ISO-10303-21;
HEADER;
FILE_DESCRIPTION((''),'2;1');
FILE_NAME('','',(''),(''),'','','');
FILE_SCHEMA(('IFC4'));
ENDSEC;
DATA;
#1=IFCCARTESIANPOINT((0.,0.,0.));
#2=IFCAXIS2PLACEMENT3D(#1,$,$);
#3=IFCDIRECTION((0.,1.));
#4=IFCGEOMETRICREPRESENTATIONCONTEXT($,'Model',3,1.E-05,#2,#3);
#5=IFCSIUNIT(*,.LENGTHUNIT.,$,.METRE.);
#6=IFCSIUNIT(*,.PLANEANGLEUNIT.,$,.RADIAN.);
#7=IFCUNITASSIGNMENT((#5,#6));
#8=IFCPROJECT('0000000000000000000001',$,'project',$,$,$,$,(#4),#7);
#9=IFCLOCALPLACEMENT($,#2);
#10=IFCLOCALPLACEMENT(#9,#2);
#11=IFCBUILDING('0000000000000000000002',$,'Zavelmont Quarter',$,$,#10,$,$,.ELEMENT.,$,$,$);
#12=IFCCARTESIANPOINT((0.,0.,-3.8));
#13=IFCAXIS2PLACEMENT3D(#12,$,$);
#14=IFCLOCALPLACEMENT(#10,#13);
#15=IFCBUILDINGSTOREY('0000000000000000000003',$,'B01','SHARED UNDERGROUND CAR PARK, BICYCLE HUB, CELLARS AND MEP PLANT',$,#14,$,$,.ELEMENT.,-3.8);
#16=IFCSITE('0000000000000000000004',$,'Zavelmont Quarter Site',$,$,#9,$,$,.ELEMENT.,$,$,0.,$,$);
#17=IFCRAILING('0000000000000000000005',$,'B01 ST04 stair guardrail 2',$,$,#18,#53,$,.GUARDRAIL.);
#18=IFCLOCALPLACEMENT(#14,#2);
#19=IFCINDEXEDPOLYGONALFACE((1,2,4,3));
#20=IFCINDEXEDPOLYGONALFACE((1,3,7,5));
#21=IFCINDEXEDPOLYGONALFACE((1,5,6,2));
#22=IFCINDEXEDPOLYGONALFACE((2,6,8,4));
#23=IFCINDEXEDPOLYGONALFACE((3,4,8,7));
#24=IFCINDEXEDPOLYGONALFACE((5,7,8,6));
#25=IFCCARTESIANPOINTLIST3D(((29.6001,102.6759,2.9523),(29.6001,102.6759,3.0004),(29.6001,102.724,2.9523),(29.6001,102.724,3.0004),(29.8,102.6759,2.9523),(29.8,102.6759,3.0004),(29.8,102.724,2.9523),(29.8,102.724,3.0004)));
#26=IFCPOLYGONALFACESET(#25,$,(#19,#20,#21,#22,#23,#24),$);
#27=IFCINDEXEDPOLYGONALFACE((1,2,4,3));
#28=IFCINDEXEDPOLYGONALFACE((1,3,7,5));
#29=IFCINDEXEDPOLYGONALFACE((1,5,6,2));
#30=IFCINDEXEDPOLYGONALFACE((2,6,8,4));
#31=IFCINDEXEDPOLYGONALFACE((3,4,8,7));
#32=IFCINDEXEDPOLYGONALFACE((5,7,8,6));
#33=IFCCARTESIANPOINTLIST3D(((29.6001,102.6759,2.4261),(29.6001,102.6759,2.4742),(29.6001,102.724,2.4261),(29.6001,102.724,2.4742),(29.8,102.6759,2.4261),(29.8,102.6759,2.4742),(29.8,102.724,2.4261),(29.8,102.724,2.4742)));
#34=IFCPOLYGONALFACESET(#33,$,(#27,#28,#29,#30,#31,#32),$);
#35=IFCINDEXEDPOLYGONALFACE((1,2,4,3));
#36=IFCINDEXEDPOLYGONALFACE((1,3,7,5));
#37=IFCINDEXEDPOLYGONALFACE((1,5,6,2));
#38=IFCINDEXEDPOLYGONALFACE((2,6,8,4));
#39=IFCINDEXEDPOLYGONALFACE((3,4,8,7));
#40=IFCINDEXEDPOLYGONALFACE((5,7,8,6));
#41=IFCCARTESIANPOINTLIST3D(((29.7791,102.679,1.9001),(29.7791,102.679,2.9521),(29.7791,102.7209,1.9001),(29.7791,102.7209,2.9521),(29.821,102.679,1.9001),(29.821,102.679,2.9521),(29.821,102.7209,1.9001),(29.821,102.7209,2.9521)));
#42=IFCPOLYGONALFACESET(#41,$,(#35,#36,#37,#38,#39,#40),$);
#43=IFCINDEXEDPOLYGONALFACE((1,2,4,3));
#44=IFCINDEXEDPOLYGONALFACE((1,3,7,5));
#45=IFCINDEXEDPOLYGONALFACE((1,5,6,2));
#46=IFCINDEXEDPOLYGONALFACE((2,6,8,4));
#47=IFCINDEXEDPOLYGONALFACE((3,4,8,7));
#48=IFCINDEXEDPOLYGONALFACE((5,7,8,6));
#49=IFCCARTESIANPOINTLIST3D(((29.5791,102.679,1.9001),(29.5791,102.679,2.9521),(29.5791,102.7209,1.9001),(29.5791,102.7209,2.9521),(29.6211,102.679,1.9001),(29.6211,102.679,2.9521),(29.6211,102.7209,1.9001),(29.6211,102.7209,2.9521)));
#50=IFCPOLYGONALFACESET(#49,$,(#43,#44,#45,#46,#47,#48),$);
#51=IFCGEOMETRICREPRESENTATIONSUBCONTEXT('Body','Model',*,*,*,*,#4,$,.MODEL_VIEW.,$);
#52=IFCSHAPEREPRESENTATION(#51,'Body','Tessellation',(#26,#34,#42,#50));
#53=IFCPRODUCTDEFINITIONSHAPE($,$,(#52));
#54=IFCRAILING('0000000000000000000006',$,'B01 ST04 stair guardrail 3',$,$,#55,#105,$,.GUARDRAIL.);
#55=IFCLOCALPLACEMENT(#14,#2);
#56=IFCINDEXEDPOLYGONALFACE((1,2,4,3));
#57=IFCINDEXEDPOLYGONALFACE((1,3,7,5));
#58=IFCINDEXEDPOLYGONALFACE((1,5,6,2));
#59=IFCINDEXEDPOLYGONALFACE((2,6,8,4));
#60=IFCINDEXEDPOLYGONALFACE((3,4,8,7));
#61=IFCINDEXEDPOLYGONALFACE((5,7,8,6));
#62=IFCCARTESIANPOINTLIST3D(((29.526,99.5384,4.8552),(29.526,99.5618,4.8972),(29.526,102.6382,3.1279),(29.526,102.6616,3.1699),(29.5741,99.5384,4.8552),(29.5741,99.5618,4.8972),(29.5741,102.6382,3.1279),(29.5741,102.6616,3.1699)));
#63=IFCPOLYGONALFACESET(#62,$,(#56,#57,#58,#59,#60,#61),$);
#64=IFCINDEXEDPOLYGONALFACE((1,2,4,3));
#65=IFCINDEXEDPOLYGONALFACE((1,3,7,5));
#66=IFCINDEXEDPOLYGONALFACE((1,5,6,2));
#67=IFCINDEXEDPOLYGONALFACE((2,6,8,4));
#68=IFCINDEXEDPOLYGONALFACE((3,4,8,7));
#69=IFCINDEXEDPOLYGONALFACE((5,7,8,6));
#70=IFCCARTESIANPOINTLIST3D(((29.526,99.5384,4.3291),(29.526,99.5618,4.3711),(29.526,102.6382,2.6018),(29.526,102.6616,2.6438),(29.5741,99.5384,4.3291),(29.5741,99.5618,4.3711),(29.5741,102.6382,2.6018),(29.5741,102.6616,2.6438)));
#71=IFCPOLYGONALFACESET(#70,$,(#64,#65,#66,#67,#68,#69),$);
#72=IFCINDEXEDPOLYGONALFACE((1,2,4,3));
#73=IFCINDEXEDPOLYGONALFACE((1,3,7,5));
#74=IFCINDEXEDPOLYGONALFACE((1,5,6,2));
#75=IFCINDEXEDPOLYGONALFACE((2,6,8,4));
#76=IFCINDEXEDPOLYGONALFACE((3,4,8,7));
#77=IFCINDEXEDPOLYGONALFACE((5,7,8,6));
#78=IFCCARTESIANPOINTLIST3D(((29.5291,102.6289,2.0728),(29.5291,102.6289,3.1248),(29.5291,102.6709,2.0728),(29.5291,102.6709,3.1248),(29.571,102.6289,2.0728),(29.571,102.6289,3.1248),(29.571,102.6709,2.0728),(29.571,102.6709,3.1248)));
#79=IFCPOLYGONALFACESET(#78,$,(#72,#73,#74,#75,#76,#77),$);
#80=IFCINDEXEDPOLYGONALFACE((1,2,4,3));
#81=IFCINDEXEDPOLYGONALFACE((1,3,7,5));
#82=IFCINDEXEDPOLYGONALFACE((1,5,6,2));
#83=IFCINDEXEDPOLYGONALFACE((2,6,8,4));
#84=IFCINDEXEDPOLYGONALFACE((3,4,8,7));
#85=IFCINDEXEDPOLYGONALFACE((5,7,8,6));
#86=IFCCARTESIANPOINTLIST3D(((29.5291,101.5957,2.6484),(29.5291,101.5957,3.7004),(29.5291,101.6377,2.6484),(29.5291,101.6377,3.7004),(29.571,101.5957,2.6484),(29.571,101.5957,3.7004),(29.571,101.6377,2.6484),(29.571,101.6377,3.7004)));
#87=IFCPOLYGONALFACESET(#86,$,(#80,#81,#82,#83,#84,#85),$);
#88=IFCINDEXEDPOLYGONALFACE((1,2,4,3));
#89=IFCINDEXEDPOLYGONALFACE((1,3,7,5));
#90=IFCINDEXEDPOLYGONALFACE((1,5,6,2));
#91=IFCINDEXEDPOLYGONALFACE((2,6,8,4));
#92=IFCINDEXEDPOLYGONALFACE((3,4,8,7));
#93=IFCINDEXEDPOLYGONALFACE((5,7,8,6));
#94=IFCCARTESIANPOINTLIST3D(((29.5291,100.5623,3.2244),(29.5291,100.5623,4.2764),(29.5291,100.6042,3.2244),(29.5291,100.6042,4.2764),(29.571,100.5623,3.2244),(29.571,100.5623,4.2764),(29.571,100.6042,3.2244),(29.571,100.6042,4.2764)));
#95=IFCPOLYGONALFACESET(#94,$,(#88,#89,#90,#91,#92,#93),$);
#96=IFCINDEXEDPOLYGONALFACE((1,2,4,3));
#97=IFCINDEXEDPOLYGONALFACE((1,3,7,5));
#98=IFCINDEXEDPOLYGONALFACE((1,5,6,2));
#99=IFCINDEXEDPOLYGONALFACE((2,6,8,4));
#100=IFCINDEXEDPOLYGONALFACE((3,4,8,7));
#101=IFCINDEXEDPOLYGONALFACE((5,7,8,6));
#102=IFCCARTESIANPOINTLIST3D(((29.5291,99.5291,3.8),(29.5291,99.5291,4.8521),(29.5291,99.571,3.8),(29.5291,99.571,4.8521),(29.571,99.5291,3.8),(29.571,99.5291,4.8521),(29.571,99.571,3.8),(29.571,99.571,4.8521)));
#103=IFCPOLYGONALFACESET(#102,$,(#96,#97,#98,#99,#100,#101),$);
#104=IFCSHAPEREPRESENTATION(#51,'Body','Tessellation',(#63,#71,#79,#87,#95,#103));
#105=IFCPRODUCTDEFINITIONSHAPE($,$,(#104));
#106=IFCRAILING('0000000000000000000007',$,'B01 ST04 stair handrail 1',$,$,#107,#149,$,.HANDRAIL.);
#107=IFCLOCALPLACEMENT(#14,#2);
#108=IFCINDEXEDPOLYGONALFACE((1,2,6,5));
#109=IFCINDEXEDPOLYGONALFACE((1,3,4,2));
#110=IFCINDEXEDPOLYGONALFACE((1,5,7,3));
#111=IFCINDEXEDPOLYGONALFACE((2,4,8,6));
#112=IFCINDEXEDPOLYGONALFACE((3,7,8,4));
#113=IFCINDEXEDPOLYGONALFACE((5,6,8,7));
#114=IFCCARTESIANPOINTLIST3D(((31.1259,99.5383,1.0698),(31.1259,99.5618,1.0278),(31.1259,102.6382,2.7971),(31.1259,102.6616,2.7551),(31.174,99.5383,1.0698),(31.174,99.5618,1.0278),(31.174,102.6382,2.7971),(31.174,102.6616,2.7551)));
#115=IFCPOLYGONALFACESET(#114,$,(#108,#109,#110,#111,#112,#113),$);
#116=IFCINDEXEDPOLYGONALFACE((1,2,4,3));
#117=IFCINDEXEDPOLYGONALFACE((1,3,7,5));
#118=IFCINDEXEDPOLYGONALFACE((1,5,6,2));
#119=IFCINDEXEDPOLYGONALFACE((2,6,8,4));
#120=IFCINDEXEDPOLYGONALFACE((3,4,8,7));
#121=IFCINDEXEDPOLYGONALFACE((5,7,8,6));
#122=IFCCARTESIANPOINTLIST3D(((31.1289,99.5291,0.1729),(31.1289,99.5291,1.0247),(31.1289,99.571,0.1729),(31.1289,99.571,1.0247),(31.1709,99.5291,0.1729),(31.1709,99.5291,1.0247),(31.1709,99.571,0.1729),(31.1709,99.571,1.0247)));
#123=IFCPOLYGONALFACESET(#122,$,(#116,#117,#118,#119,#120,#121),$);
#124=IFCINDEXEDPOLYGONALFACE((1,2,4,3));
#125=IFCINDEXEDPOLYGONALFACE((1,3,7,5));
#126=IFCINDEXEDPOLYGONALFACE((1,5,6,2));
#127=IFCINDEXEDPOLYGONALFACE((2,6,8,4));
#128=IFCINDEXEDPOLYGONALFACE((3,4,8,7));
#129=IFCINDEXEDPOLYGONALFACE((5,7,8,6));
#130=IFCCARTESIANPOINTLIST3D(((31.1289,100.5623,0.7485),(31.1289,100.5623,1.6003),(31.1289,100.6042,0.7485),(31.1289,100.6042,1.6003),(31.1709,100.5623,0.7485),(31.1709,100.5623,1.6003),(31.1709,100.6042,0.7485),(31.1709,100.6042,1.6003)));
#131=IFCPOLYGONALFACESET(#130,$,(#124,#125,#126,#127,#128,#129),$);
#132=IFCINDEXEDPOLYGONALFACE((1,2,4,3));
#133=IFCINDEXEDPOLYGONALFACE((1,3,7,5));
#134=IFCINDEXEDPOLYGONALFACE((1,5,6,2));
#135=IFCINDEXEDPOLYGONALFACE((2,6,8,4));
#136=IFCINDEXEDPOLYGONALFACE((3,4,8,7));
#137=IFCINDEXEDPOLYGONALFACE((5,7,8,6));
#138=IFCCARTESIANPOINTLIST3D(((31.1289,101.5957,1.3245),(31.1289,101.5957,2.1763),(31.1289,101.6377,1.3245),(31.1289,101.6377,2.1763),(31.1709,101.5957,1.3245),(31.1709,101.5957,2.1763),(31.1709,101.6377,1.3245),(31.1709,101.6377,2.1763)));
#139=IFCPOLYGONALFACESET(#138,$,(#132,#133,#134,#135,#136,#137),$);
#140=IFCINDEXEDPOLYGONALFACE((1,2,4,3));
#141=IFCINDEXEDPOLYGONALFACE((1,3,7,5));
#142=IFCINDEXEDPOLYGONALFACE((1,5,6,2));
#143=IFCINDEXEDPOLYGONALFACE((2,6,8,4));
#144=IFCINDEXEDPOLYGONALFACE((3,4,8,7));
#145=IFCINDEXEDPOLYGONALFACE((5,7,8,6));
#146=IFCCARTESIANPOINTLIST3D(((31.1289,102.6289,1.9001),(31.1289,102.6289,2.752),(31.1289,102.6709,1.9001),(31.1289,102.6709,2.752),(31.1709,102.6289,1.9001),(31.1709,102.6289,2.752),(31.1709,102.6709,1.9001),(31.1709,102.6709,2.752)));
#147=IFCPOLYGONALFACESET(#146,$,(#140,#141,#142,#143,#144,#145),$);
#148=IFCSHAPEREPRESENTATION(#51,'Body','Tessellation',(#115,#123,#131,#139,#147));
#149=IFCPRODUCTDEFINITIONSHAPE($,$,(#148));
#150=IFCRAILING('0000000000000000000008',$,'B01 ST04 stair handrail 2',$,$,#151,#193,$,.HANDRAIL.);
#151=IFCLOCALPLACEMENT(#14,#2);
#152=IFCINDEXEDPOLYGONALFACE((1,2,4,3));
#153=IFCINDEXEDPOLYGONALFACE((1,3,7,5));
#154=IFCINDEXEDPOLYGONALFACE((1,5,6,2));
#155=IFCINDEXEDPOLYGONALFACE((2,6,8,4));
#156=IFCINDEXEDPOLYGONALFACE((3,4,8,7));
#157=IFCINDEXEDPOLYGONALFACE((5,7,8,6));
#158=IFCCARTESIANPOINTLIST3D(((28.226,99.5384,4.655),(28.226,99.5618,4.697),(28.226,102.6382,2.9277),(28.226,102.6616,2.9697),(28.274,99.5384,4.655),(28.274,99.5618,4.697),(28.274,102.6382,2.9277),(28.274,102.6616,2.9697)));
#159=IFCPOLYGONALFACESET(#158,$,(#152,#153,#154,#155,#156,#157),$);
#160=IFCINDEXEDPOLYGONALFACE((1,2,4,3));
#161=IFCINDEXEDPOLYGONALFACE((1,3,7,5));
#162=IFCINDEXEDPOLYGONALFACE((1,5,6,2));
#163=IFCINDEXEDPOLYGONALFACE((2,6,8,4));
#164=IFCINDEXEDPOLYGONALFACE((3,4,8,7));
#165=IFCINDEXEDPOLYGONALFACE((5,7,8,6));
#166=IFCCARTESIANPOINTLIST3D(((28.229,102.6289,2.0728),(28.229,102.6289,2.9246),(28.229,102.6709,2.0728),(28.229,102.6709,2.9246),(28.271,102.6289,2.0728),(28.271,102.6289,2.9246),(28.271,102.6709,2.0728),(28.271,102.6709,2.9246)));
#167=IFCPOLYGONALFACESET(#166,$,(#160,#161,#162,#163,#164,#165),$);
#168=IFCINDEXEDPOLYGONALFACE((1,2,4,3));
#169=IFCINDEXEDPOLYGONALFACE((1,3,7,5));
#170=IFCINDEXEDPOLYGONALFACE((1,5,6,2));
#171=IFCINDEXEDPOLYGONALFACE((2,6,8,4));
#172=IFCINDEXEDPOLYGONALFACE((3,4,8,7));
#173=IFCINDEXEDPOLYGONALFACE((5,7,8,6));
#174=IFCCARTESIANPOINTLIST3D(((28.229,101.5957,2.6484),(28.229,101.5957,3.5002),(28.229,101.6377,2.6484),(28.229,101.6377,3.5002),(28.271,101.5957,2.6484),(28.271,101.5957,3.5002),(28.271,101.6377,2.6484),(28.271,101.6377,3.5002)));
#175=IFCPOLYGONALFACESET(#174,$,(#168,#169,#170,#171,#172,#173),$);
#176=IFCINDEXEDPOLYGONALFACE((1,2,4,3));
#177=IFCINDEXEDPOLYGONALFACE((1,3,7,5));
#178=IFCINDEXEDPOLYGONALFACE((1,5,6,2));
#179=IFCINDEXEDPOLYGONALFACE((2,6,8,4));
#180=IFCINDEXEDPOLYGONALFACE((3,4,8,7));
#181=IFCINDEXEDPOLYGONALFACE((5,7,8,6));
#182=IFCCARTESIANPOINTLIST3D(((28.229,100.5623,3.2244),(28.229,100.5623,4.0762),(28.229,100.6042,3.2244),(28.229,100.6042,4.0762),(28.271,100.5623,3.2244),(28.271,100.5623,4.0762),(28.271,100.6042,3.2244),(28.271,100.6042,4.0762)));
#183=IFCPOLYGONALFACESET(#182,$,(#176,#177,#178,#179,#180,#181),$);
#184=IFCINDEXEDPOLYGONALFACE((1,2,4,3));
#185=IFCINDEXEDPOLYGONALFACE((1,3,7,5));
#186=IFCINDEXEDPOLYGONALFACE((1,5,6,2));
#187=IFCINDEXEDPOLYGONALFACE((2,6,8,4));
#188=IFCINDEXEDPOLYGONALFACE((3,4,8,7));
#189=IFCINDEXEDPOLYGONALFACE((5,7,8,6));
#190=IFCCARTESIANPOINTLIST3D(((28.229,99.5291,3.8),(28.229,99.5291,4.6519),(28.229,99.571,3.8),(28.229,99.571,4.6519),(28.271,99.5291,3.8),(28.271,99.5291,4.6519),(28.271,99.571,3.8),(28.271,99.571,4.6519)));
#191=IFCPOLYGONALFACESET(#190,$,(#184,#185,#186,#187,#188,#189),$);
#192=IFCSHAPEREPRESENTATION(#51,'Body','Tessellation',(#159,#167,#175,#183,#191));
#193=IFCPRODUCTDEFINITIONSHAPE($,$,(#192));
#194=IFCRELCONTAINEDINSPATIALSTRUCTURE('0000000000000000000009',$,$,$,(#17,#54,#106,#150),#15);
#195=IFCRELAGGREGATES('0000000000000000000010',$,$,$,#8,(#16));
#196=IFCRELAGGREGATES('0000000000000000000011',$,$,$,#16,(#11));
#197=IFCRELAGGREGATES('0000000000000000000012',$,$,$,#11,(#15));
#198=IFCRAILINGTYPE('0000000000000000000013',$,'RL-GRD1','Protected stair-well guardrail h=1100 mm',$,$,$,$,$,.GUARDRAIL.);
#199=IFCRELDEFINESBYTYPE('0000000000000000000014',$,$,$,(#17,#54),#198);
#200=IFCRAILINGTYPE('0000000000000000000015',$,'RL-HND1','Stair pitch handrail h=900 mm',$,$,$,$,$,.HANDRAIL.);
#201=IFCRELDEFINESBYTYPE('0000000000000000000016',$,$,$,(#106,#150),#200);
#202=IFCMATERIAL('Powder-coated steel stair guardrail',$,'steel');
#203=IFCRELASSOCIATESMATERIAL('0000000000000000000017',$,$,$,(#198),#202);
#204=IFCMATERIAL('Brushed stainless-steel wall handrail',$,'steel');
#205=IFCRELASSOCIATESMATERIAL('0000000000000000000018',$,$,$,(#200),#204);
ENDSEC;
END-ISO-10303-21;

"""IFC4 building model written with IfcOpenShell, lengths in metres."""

from ifc_helpers import new_model, si_unit, direction, frame, origin, origin_2d, place, context, subcontext, project, spatial, rectangle, extrude, material, type_object, element, save


model = new_model("IFC4")

# Units and contexts
model_context = context("Model", 3, precision=1e-05, world=origin(), true_north=direction((0.0, 1.0)))
body_context = subcontext(model_context, "Body", "Model", "MODEL_VIEW")
ifc_project = project(units=[si_unit("LENGTHUNIT", "METRE"), si_unit("PLANEANGLEUNIT", "RADIAN")], contexts=[model_context])

# Site, building, storey
site_placement = place(None, origin())
site = spatial("IfcSite", under=ifc_project, at=site_placement, Name="Zavelmont Quarter Site", CompositionType="ELEMENT", RefElevation=0.0)
building_placement = place(site_placement, origin())
building = spatial("IfcBuilding", under=site, at=building_placement, Name="Zavelmont Quarter", CompositionType="ELEMENT")
storey_placement = place(building_placement, frame((0.0, 0.0, -3.8)))
storey = spatial("IfcBuildingStorey", under=building, at=storey_placement, Name="B01", Description="SHARED UNDERGROUND CAR PARK, BICYCLE HUB, CELLARS AND MEP PLANT", CompositionType="ELEMENT", Elevation=-3.8)

# Railings
ifc_material_1 = material(Name="Powder-coated steel stair guardrail", Category="steel")
railing_type_1 = type_object("IfcRailingType", Name="RL-GRD1", Description="Protected stair-well guardrail h=1100 mm", PredefinedType="GUARDRAIL", material=ifc_material_1)
railing_1_placement = place(storey_placement, frame((29.8, 102.7, 1.9001)))
element("IfcRailing", 1, at=railing_1_placement, inside=storey, type_object=railing_type_1, Name="B01 ST04 stair guardrail 2", PredefinedType="GUARDRAIL", context=body_context, shape_type="SweptSolid", body=[
    extrude(rectangle(XDim=0.0481, YDim=0.0481, at=origin_2d()), frame((0.0, 0.0, 1.0762), z_axis=(-1.0, 0.0, 0.0), x_axis=(0.0, -1.0, 0.0)), (0.0, 0.0, 1.0), 0.2),
    extrude(rectangle(XDim=0.0481, YDim=0.0481, at=origin_2d()), frame((0.0, 0.0, 0.55), z_axis=(-1.0, 0.0, 0.0), x_axis=(0.0, -1.0, 0.0)), (0.0, 0.0, 1.0), 0.2),
    extrude(rectangle(XDim=0.042, YDim=0.042, at=origin_2d()), origin(), (0.0, 0.0, 1.0), 1.052),
    extrude(rectangle(XDim=0.042, YDim=0.042, at=origin_2d()), frame((-0.2, 0.0, 0.0)), (0.0, 0.0, 1.0), 1.052),
])
railing_2_placement = place(storey_placement, frame((29.55, 102.6499, 2.0728)))
element("IfcRailing", 2, at=railing_2_placement, inside=storey, type_object=railing_type_1, Name="B01 ST04 stair guardrail 3", PredefinedType="GUARDRAIL", context=body_context, shape_type="SweptSolid", body=[
    extrude(rectangle(XDim=0.0481, YDim=0.0481, at=origin_2d()), frame((0.0, 0.0, 1.0762), z_axis=(0.0, -0.87354, 0.486752), x_axis=(1.0, 0.0, 0.0)), (0.0, 0.0, 1.0), 3.5486),
    extrude(rectangle(XDim=0.0481, YDim=0.0481, at=origin_2d()), frame((0.0, 0.0, 0.55), z_axis=(0.0, -0.87354, 0.486752), x_axis=(1.0, 0.0, 0.0)), (0.0, 0.0, 1.0), 3.5486),
    extrude(rectangle(XDim=0.042, YDim=0.042, at=origin_2d()), origin(), (0.0, 0.0, 1.0), 1.052),
    extrude(rectangle(XDim=0.042, YDim=0.042, at=origin_2d()), frame((0.0, -1.0332, 0.5757)), (0.0, 0.0, 1.0), 1.052),
    extrude(rectangle(XDim=0.042, YDim=0.042, at=origin_2d()), frame((0.0, -2.0667, 1.1516)), (0.0, 0.0, 1.0), 1.052),
    extrude(rectangle(XDim=0.042, YDim=0.042, at=origin_2d()), frame((0.0, -3.0999, 1.7273)), (0.0, 0.0, 1.0), 1.052),
])
ifc_material_2 = material(Name="Brushed stainless-steel wall handrail", Category="steel")
railing_type_2 = type_object("IfcRailingType", Name="RL-HND1", Description="Stair pitch handrail h=900 mm", PredefinedType="HANDRAIL", material=ifc_material_2)
railing_3_placement = place(storey_placement, frame((31.1499, 99.55, 0.1729)))
element("IfcRailing", 3, at=railing_3_placement, inside=storey, type_object=railing_type_2, Name="B01 ST04 stair handrail 1", PredefinedType="HANDRAIL", context=body_context, shape_type="SweptSolid", body=[
    extrude(rectangle(XDim=0.0481, YDim=0.0481, at=origin_2d()), frame((0.0, 0.0, 0.876), z_axis=(0.0, 0.87354, 0.486752), x_axis=(-1.0, 0.0, 0.0)), (0.0, 0.0, 1.0), 3.5486),
    extrude(rectangle(XDim=0.042, YDim=0.042, at=origin_2d()), origin(), (0.0, 0.0, 1.0), 0.8518),
    extrude(rectangle(XDim=0.042, YDim=0.042, at=origin_2d()), frame((0.0, 1.0332, 0.5757)), (0.0, 0.0, 1.0), 0.8518),
    extrude(rectangle(XDim=0.042, YDim=0.042, at=origin_2d()), frame((0.0, 2.0667, 1.1516)), (0.0, 0.0, 1.0), 0.8518),
    extrude(rectangle(XDim=0.042, YDim=0.042, at=origin_2d()), frame((0.0, 3.0999, 1.7273)), (0.0, 0.0, 1.0), 0.8518),
])
railing_4_placement = place(storey_placement, frame((28.25, 102.6499, 2.0728)))
element("IfcRailing", 4, at=railing_4_placement, inside=storey, type_object=railing_type_2, Name="B01 ST04 stair handrail 2", PredefinedType="HANDRAIL", context=body_context, shape_type="SweptSolid", body=[
    extrude(rectangle(XDim=0.0481, YDim=0.0481, at=origin_2d()), frame((0.0, 0.0, 0.876), z_axis=(0.0, -0.87354, 0.486752), x_axis=(1.0, 0.0, 0.0)), (0.0, 0.0, 1.0), 3.5486),
    extrude(rectangle(XDim=0.042, YDim=0.042, at=origin_2d()), origin(), (0.0, 0.0, 1.0), 0.8518),
    extrude(rectangle(XDim=0.042, YDim=0.042, at=origin_2d()), frame((0.0, -1.0332, 0.5757)), (0.0, 0.0, 1.0), 0.8518),
    extrude(rectangle(XDim=0.042, YDim=0.042, at=origin_2d()), frame((0.0, -2.0667, 1.1516)), (0.0, 0.0, 1.0), 0.8518),
    extrude(rectangle(XDim=0.042, YDim=0.042, at=origin_2d()), frame((0.0, -3.0999, 1.7273)), (0.0, 0.0, 1.0), 0.8518),
])

save(model, "model.ifc")
